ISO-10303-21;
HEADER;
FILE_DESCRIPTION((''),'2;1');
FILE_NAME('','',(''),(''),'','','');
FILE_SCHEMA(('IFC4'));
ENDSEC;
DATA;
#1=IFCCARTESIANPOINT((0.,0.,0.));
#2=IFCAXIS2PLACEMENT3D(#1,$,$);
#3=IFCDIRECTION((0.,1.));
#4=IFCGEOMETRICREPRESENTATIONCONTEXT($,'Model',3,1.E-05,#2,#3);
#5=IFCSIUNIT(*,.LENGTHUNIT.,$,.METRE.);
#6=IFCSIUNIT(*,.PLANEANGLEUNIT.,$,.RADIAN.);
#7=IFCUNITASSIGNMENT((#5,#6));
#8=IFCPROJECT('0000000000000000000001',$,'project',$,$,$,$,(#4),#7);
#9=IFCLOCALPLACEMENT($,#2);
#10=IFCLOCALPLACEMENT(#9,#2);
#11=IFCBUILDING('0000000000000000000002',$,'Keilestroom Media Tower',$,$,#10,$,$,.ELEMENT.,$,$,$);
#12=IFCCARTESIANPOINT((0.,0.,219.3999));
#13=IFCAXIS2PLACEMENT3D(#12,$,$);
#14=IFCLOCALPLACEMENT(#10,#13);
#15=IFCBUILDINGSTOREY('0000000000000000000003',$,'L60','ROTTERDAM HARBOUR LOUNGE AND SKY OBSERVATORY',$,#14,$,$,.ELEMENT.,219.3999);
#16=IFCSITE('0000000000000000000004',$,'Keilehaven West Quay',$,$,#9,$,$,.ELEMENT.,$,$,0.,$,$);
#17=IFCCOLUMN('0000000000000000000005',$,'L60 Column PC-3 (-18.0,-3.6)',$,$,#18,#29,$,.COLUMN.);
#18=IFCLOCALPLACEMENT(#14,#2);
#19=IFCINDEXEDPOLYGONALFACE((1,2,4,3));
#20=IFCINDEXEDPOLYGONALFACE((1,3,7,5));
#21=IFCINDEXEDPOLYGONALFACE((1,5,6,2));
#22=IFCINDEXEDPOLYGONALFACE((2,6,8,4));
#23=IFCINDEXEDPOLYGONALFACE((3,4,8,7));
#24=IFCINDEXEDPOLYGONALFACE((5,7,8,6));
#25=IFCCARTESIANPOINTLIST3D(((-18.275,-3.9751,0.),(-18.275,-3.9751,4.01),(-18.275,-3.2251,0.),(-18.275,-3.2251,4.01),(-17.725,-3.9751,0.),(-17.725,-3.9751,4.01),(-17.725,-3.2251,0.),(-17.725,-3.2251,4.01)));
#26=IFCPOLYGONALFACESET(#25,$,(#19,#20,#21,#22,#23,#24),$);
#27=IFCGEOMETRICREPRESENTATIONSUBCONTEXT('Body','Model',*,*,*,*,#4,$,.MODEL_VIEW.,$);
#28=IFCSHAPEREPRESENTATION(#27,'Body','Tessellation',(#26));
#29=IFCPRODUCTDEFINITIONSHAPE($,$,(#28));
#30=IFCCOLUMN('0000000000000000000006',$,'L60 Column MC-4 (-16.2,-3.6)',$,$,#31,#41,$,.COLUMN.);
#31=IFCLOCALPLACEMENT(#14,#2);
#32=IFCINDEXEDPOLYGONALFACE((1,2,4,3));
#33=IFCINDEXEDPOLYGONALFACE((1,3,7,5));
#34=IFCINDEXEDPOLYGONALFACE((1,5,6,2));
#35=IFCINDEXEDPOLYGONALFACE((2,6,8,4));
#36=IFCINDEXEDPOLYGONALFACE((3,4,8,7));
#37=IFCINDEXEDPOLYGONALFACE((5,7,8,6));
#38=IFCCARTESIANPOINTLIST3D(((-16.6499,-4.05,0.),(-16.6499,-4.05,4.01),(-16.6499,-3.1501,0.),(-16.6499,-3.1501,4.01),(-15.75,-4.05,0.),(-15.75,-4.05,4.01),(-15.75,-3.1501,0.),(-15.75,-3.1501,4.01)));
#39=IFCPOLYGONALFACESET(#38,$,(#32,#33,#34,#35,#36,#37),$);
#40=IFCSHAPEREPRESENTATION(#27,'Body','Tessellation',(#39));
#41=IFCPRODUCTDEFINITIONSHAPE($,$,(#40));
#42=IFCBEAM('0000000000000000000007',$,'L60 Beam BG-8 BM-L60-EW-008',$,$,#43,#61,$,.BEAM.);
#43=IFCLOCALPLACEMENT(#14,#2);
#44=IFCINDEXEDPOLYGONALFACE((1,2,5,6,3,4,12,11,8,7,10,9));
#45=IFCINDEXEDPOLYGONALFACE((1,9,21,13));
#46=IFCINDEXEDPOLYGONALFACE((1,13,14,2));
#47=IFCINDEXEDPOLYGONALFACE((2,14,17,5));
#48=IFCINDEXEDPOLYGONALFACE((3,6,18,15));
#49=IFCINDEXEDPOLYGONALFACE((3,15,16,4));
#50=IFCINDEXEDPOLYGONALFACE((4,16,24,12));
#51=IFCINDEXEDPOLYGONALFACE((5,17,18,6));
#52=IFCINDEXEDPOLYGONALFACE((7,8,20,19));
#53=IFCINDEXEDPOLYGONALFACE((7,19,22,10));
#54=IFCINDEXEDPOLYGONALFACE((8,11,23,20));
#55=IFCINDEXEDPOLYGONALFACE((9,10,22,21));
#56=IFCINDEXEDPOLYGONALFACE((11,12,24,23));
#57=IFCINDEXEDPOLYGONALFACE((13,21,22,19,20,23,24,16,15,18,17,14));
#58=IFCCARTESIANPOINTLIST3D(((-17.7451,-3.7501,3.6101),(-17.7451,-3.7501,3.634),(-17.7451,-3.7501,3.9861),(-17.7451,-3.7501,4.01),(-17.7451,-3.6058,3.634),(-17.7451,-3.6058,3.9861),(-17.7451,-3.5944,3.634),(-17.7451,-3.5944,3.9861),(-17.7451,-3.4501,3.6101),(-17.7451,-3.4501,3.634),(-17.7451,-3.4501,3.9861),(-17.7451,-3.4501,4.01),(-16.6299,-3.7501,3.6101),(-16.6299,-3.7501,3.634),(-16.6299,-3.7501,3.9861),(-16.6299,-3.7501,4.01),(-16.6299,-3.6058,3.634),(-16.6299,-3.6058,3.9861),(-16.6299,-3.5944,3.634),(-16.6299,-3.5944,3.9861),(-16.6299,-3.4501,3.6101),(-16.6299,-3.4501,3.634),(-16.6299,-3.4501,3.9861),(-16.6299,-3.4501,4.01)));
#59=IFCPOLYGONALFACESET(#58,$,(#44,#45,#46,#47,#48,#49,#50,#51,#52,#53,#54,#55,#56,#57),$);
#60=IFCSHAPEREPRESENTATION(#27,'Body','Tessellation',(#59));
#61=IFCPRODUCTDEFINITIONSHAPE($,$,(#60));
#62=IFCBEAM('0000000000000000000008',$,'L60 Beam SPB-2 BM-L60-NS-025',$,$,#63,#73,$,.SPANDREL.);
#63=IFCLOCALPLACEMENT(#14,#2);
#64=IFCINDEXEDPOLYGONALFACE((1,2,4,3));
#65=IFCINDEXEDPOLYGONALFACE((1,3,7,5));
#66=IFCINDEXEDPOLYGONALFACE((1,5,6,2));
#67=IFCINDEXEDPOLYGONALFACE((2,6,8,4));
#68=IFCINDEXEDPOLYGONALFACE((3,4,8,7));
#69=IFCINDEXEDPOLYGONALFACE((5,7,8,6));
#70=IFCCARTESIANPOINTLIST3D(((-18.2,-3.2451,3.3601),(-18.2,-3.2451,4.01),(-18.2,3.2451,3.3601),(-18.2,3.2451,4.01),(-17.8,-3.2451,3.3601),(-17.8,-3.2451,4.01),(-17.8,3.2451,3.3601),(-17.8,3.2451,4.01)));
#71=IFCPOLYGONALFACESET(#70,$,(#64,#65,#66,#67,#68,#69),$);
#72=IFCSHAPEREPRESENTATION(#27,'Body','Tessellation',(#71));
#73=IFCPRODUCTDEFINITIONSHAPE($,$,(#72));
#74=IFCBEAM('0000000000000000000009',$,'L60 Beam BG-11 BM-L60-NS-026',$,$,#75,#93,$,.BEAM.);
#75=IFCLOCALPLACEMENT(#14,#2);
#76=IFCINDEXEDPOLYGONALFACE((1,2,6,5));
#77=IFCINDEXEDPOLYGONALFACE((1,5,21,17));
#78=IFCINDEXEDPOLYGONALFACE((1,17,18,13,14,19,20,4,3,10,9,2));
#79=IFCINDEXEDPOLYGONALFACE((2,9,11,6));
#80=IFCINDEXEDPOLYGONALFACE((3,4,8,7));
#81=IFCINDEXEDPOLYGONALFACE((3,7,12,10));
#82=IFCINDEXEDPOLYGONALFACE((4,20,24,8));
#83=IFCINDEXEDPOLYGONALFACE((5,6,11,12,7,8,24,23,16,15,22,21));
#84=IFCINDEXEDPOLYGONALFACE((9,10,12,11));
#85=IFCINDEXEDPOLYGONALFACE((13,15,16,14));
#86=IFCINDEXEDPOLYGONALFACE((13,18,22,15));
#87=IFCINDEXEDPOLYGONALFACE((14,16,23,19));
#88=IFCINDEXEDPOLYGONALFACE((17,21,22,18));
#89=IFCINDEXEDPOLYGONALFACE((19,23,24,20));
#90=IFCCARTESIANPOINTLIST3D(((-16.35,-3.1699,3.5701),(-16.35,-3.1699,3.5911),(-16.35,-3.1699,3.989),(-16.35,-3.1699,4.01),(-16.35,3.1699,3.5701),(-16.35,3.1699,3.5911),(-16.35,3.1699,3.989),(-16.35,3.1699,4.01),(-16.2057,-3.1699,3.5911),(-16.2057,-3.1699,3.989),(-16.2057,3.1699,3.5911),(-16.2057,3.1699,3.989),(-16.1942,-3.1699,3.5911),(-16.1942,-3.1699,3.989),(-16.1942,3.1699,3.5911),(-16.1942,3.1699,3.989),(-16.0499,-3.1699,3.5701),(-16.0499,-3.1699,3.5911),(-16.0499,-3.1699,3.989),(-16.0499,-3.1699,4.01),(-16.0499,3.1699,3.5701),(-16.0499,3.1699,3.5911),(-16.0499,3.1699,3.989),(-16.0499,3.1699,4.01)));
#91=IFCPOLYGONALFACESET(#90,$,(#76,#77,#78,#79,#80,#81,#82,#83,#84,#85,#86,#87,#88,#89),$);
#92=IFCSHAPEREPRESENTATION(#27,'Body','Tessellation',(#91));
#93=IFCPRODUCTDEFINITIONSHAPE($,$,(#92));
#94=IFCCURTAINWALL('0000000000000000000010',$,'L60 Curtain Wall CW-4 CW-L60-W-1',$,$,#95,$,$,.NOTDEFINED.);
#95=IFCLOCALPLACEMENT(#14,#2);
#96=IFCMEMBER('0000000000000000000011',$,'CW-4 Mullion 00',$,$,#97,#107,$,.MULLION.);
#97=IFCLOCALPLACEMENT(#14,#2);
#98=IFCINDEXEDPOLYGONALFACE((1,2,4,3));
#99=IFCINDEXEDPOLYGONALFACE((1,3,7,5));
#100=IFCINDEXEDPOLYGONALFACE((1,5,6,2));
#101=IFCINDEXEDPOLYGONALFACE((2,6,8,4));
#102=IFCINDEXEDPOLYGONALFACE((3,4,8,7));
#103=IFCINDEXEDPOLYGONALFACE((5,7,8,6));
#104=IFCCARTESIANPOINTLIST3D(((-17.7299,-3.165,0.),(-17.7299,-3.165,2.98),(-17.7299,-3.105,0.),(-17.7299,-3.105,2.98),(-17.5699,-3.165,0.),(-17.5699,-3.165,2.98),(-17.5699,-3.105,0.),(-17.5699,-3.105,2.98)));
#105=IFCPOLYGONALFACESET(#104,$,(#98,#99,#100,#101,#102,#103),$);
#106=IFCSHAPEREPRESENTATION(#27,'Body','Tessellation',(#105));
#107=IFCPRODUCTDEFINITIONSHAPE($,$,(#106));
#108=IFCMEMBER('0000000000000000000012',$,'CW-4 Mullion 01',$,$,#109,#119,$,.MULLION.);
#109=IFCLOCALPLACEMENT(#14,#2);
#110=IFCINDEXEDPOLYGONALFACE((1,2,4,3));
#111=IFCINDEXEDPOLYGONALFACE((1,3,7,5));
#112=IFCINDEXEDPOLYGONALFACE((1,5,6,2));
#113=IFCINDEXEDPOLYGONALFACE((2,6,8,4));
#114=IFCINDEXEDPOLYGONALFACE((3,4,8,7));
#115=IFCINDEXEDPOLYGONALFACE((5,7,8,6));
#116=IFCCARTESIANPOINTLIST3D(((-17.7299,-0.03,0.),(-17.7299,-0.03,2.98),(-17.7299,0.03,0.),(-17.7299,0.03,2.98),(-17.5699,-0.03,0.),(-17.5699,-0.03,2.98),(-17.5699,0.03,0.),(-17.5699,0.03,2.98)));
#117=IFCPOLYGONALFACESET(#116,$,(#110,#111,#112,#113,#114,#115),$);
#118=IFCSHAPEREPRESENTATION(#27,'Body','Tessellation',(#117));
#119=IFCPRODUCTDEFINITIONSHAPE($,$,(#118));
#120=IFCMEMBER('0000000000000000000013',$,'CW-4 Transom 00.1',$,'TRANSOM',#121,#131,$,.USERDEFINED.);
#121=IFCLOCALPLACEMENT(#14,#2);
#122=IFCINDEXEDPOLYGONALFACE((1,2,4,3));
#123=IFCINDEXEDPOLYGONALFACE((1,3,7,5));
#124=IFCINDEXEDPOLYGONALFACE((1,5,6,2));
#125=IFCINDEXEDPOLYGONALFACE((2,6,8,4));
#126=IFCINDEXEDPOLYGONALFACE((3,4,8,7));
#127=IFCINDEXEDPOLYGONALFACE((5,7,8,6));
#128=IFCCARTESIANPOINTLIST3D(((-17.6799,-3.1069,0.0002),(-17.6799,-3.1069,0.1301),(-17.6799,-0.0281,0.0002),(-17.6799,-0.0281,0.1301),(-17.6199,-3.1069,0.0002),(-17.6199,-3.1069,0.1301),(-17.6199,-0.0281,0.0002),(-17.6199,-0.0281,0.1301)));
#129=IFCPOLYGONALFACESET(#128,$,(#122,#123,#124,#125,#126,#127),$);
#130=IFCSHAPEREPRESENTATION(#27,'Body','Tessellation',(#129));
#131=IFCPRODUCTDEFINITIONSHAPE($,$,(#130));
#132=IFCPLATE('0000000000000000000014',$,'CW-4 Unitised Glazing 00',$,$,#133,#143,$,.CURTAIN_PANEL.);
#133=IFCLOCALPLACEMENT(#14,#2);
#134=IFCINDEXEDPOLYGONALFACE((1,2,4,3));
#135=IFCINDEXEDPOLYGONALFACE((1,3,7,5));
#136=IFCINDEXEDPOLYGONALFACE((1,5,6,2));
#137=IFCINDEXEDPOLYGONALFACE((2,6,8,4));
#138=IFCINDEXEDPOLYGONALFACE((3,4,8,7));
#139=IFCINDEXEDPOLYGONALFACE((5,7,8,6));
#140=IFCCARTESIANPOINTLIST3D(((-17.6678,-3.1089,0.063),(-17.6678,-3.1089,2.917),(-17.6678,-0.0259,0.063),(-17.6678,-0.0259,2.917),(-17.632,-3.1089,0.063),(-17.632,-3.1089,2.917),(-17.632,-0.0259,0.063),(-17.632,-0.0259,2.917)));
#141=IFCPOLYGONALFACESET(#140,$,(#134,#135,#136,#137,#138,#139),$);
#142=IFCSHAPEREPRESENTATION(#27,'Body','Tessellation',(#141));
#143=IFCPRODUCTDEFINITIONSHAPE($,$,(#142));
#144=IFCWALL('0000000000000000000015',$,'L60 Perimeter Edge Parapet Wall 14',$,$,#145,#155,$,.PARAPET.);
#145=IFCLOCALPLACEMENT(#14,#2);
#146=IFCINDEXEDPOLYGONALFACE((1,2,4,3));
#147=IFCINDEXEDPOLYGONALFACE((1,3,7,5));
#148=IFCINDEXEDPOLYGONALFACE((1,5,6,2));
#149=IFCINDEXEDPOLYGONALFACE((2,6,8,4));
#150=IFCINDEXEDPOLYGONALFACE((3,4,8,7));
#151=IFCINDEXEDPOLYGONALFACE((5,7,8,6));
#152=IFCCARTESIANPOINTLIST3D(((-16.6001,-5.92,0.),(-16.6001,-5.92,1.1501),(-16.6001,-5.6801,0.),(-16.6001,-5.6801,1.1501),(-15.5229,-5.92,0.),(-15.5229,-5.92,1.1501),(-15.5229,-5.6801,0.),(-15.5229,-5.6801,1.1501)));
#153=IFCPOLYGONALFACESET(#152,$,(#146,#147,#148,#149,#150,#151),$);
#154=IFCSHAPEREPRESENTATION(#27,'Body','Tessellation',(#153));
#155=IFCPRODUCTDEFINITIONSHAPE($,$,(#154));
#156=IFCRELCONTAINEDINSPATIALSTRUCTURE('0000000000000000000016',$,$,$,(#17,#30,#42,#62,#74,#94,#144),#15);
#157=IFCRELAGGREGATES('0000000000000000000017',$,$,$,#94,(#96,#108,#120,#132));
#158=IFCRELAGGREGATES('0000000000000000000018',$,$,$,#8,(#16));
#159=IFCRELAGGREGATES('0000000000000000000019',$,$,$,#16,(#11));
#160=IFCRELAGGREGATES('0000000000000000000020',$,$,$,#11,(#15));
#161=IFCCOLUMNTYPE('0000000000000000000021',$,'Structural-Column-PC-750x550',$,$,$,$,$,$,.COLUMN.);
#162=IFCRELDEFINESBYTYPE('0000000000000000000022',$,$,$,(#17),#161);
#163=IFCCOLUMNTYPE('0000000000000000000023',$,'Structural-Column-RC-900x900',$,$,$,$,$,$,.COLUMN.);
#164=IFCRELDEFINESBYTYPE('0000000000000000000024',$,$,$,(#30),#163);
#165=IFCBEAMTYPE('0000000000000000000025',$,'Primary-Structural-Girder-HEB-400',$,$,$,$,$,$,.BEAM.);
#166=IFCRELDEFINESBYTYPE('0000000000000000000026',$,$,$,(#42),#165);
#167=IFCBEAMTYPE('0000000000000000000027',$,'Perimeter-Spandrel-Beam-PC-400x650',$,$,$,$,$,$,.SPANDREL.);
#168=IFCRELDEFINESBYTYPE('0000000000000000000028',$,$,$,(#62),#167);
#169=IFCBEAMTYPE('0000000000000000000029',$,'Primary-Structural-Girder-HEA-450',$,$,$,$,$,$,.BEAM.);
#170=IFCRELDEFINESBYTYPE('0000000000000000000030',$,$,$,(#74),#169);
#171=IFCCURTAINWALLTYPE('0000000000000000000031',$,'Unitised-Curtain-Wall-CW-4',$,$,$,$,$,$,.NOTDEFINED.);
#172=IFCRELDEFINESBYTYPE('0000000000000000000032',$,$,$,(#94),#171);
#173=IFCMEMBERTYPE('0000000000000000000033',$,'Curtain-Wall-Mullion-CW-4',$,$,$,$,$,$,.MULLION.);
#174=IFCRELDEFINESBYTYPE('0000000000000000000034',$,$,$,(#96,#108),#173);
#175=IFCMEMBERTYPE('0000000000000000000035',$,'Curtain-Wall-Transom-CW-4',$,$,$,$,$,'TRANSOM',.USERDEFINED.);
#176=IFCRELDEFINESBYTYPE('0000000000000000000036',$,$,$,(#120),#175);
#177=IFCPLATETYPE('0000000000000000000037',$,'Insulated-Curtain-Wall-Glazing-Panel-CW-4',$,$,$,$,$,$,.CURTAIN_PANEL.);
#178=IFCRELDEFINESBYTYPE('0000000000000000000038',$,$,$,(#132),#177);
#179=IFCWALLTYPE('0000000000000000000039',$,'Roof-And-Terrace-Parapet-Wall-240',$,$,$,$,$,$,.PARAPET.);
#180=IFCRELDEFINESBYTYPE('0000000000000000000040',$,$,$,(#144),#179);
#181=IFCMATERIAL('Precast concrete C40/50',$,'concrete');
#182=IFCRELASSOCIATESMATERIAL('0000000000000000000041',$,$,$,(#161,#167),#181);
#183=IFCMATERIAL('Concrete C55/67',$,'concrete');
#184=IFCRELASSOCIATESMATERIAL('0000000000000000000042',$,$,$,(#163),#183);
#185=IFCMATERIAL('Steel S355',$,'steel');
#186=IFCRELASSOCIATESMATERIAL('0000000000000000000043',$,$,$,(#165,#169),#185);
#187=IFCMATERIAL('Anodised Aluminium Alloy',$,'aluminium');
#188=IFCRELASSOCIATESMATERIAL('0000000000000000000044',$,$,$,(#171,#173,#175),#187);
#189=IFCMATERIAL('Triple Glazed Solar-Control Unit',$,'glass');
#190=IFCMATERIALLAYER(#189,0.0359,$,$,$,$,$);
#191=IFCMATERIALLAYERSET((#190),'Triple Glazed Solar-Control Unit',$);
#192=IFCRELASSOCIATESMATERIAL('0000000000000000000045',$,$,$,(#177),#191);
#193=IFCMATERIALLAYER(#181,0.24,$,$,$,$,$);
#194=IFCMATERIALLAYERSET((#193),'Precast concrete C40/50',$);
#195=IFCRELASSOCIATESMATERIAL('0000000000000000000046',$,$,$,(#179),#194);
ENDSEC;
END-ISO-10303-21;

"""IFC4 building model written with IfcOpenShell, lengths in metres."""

from ifc_helpers import new_model, si_unit, direction, frame, frame_2d, origin, origin_2d, place, context, subcontext, project, spatial, rectangle, i_section, extrude, source, transform, mapped, material, layer, layer_set, material_profile, profile_set, type_object, element, aggregate, save


model = new_model("IFC4")

# Units and contexts
model_context = context("Model", 3, precision=1e-05, world=origin(), true_north=direction((0.0, 1.0)))
body_context = subcontext(model_context, "Body", "Model", "MODEL_VIEW")
ifc_project = project(units=[si_unit("LENGTHUNIT", "METRE"), si_unit("PLANEANGLEUNIT", "RADIAN")], contexts=[model_context])

# Site, building, storey
site_placement = place(None, origin())
site = spatial("IfcSite", under=ifc_project, at=site_placement, Name="Keilehaven West Quay", CompositionType="ELEMENT", RefElevation=0.0)
building_placement = place(site_placement, origin())
building = spatial("IfcBuilding", under=site, at=building_placement, Name="Keilestroom Media Tower", CompositionType="ELEMENT")
storey_placement = place(building_placement, frame((0.0, 0.0, 219.3999)))
storey = spatial("IfcBuildingStorey", under=building, at=storey_placement, Name="L60", Description="ROTTERDAM HARBOUR LOUNGE AND SKY OBSERVATORY", CompositionType="ELEMENT", Elevation=219.3999)

# Columns
ifc_material_1 = material(Name="Precast concrete C40/50", Category="concrete")
ifc_material_profile_1 = material_profile(ifc_material_1, rectangle(XDim=0.55, YDim=0.75, at=origin_2d()), Name="PC 750x550")
ifc_profile_set_1 = profile_set([ifc_material_profile_1], Name="Precast concrete C40/50")
column_type_1 = type_object("IfcColumnType", Name="Structural-Column-PC-750x550", PredefinedType="COLUMN", material=ifc_profile_set_1)
shared_shape_1 = source(origin(), body_context, "Body", "SweptSolid", [
    extrude(rectangle(XDim=0.55, YDim=0.75, at=origin_2d()), origin(), (0.0, 0.0, 1.0), 4.01),
])
column_1_placement = place(storey_placement, frame((-18.0, -3.6001, 0.0), z_axis=(0.0, 0.0, 1.0), x_axis=(1.0, 0.0, 0.0)))
element("IfcColumn", 1, at=column_1_placement, inside=storey, type_object=column_type_1, Name="L60 Column PC-3 (-18.0,-3.6)", PredefinedType="COLUMN", context=body_context, shape_type="MappedRepresentation", body=[
    mapped(shared_shape_1, transform((0.0, 0.0, 0.0), x_axis=(1.0, 0.0, 0.0), y_axis=(0.0, 1.0, 0.0), z_axis=(0.0, 0.0, 1.0), scale=1.0)),
])
ifc_material_2 = material(Name="Concrete C55/67", Category="concrete")
ifc_material_profile_2 = material_profile(ifc_material_2, rectangle(XDim=0.8999, YDim=0.8999, at=origin_2d()), Name="RC 900x900")
ifc_profile_set_2 = profile_set([ifc_material_profile_2], Name="Concrete C55/67")
column_type_2 = type_object("IfcColumnType", Name="Structural-Column-RC-900x900", PredefinedType="COLUMN", material=ifc_profile_set_2)
shared_shape_2 = source(origin(), body_context, "Body", "SweptSolid", [
    extrude(rectangle(XDim=0.8999, YDim=0.8999, at=origin_2d()), origin(), (0.0, 0.0, 1.0), 4.01),
])
column_2_placement = place(storey_placement, frame((-16.2, -3.6001, 0.0), z_axis=(0.0, 0.0, 1.0), x_axis=(1.0, 0.0, 0.0)))
element("IfcColumn", 2, at=column_2_placement, inside=storey, type_object=column_type_2, Name="L60 Column MC-4 (-16.2,-3.6)", PredefinedType="COLUMN", context=body_context, shape_type="MappedRepresentation", body=[
    mapped(shared_shape_2, transform((0.0, 0.0, 0.0), x_axis=(1.0, 0.0, 0.0), y_axis=(0.0, 1.0, 0.0), z_axis=(0.0, 0.0, 1.0), scale=1.0)),
])

# Beams
ifc_material_3 = material(Name="Steel S355", Category="steel")
ifc_material_profile_3 = material_profile(ifc_material_3, i_section(OverallWidth=0.3, OverallDepth=0.3999, WebThickness=0.0115, FlangeThickness=0.0239, at=origin_2d()), Name="HEB 400")
ifc_profile_set_3 = profile_set([ifc_material_profile_3], Name="Steel S355")
beam_type_1 = type_object("IfcBeamType", Name="Primary-Structural-Girder-HEB-400", PredefinedType="BEAM", material=ifc_profile_set_3)
shared_shape_3 = source(origin(), body_context, "Body", "SweptSolid", [
    extrude(i_section(OverallWidth=0.3, OverallDepth=0.3999, WebThickness=0.0115, FlangeThickness=0.0239, at=origin_2d()), origin(), (0.0, 0.0, 1.0), 1.1152),
])
beam_1_placement = place(storey_placement, frame((-17.7451, -3.6001, 3.8101), z_axis=(1.0, 0.0, 0.0), x_axis=(0.0, 1.0, 0.0)))
element("IfcBeam", 3, at=beam_1_placement, inside=storey, type_object=beam_type_1, Name="L60 Beam BG-8 BM-L60-EW-008", PredefinedType="BEAM", context=body_context, shape_type="MappedRepresentation", body=[
    mapped(shared_shape_3, transform((0.0, 0.0, 0.0), x_axis=(1.0, 0.0, 0.0), y_axis=(0.0, 1.0, 0.0), z_axis=(0.0, 0.0, 1.0), scale=1.0)),
])
ifc_material_profile_4 = material_profile(ifc_material_1, rectangle(XDim=0.3999, YDim=0.6499, at=origin_2d()), Name="PC 400x650")
ifc_profile_set_4 = profile_set([ifc_material_profile_4], Name="Precast concrete C40/50")
beam_type_2 = type_object("IfcBeamType", Name="Perimeter-Spandrel-Beam-PC-400x650", PredefinedType="SPANDREL", material=ifc_profile_set_4)
shared_shape_4 = source(origin(), body_context, "Body", "SweptSolid", [
    extrude(rectangle(XDim=0.3999, YDim=0.6499, at=origin_2d()), origin(), (0.0, 0.0, 1.0), 6.4902),
])
beam_2_placement = place(storey_placement, frame((-18.0, -3.2451, 3.6851), z_axis=(0.0, 1.0, 0.0), x_axis=(-1.0, 0.0, 0.0)))
element("IfcBeam", 4, at=beam_2_placement, inside=storey, type_object=beam_type_2, Name="L60 Beam SPB-2 BM-L60-NS-025", PredefinedType="SPANDREL", context=body_context, shape_type="MappedRepresentation", body=[
    mapped(shared_shape_4, transform((0.0, 0.0, 0.0), x_axis=(1.0, 0.0, 0.0), y_axis=(0.0, 1.0, 0.0), z_axis=(0.0, 0.0, 1.0), scale=1.0)),
])
ifc_material_profile_5 = material_profile(ifc_material_3, i_section(OverallWidth=0.3, OverallDepth=0.4399, WebThickness=0.0115, FlangeThickness=0.021, at=origin_2d()), Name="HEA 450")
ifc_profile_set_5 = profile_set([ifc_material_profile_5], Name="Steel S355")
beam_type_3 = type_object("IfcBeamType", Name="Primary-Structural-Girder-HEA-450", PredefinedType="BEAM", material=ifc_profile_set_5)
shared_shape_5 = source(origin(), body_context, "Body", "SweptSolid", [
    extrude(i_section(OverallWidth=0.3, OverallDepth=0.4399, WebThickness=0.0115, FlangeThickness=0.021, at=origin_2d()), origin(), (0.0, 0.0, 1.0), 6.3398),
])
beam_3_placement = place(storey_placement, frame((-16.2, -3.1699, 3.79), z_axis=(0.0, 1.0, 0.0), x_axis=(-1.0, 0.0, 0.0)))
element("IfcBeam", 5, at=beam_3_placement, inside=storey, type_object=beam_type_3, Name="L60 Beam BG-11 BM-L60-NS-026", PredefinedType="BEAM", context=body_context, shape_type="MappedRepresentation", body=[
    mapped(shared_shape_5, transform((0.0, 0.0, 0.0), x_axis=(1.0, 0.0, 0.0), y_axis=(0.0, 1.0, 0.0), z_axis=(0.0, 0.0, 1.0), scale=1.0)),
])

# Curtain wall, members, plate
ifc_material_4 = material(Name="Anodised Aluminium Alloy", Category="aluminium")
curtain_wall_type = type_object("IfcCurtainWallType", Name="Unitised-Curtain-Wall-CW-4", PredefinedType="NOTDEFINED", material=ifc_material_4)
curtain_wall_placement = place(storey_placement, origin())
curtain_wall = element("IfcCurtainWall", 6, at=curtain_wall_placement, inside=storey, type_object=curtain_wall_type, Name="L60 Curtain Wall CW-4 CW-L60-W-1", PredefinedType="NOTDEFINED")
ifc_material_profile_6 = material_profile(ifc_material_4, rectangle(XDim=0.0601, YDim=0.1599, at=origin_2d()), Name="ALU MULLION 60x160")
ifc_profile_set_6 = profile_set([ifc_material_profile_6], Name="Anodised Aluminium Alloy")
member_type_1 = type_object("IfcMemberType", Name="Curtain-Wall-Mullion-CW-4", PredefinedType="MULLION", material=ifc_profile_set_6)
shared_shape_6 = source(origin(), body_context, "Body", "SweptSolid", [
    extrude(rectangle(XDim=0.0601, YDim=0.1599, at=origin_2d()), origin(), (0.0, 0.0, 1.0), 2.98),
])
member_1_placement = place(storey_placement, frame((-17.6499, -3.135, 0.0), z_axis=(0.0, 0.0, 1.0), x_axis=(0.0, 1.0, 0.0)))
member_1 = element("IfcMember", 7, at=member_1_placement, type_object=member_type_1, Name="CW-4 Mullion 00", PredefinedType="MULLION", context=body_context, shape_type="MappedRepresentation", body=[
    mapped(shared_shape_6, transform((0.0, 0.0, 0.0), x_axis=(1.0, 0.0, 0.0), y_axis=(0.0, 1.0, 0.0), z_axis=(0.0, 0.0, 1.0), scale=1.0)),
])
member_2_placement = place(storey_placement, frame((-17.6499, 0.0, 0.0), z_axis=(0.0, 0.0, 1.0), x_axis=(0.0, 1.0, 0.0)))
member_2 = element("IfcMember", 8, at=member_2_placement, type_object=member_type_1, Name="CW-4 Mullion 01", PredefinedType="MULLION", context=body_context, shape_type="MappedRepresentation", body=[
    mapped(shared_shape_6, transform((0.0, 0.0, 0.0), x_axis=(1.0, 0.0, 0.0), y_axis=(0.0, 1.0, 0.0), z_axis=(0.0, 0.0, 1.0), scale=1.0)),
])
ifc_material_profile_7 = material_profile(ifc_material_4, rectangle(XDim=0.0601, YDim=0.1299, at=origin_2d()), Name="ALU TRANSOM 60x130")
ifc_profile_set_7 = profile_set([ifc_material_profile_7], Name="Anodised Aluminium Alloy")
member_type_2 = type_object("IfcMemberType", Name="Curtain-Wall-Transom-CW-4", ElementType="TRANSOM", PredefinedType="USERDEFINED", material=ifc_profile_set_7)
shared_shape_7 = source(origin(), body_context, "Body", "SweptSolid", [
    extrude(rectangle(XDim=0.0601, YDim=0.1299, at=origin_2d()), origin(), (0.0, 0.0, 1.0), 3.0789),
])
member_3_placement = place(storey_placement, frame((-17.6499, -3.1069, 0.0652), z_axis=(0.0, 1.0, 0.0), x_axis=(-1.0, 0.0, 0.0)))
member_3 = element("IfcMember", 9, at=member_3_placement, type_object=member_type_2, Name="CW-4 Transom 00.1", ObjectType="TRANSOM", PredefinedType="USERDEFINED", context=body_context, shape_type="MappedRepresentation", body=[
    mapped(shared_shape_7, transform((0.0, 0.0, 0.0), x_axis=(1.0, 0.0, 0.0), y_axis=(0.0, 1.0, 0.0), z_axis=(0.0, 0.0, 1.0), scale=1.0)),
])
ifc_material_5 = material(Name="Triple Glazed Solar-Control Unit", Category="glass")
ifc_layer_1 = layer(ifc_material_5, 0.0359)
ifc_layer_set_1 = layer_set([ifc_layer_1], Name="Triple Glazed Solar-Control Unit")
plate_type = type_object("IfcPlateType", Name="Insulated-Curtain-Wall-Glazing-Panel-CW-4", PredefinedType="CURTAIN_PANEL", material=ifc_layer_set_1)
shared_shape_8 = source(origin(), body_context, "Body", "SweptSolid", [
    extrude(rectangle(XDim=3.083, YDim=0.0359, at=origin_2d()), origin(), (0.0, 0.0, 1.0), 2.854),
])
plate_placement = place(storey_placement, frame((-17.6499, -1.5674, 0.063), z_axis=(0.0, 0.0, 1.0), x_axis=(0.0, 1.0, 0.0)))
plate = element("IfcPlate", 10, at=plate_placement, type_object=plate_type, Name="CW-4 Unitised Glazing 00", PredefinedType="CURTAIN_PANEL", context=body_context, shape_type="MappedRepresentation", body=[
    mapped(shared_shape_8, transform((0.0, 0.0, 0.0), x_axis=(1.0, 0.0, 0.0), y_axis=(0.0, 1.0, 0.0), z_axis=(0.0, 0.0, 1.0), scale=1.0)),
])
aggregate(curtain_wall, [member_1, member_2, member_3, plate])

# Wall
ifc_layer_2 = layer(ifc_material_1, 0.24)
ifc_layer_set_2 = layer_set([ifc_layer_2], Name="Precast concrete C40/50")
wall_type = type_object("IfcWallType", Name="Roof-And-Terrace-Parapet-Wall-240", PredefinedType="PARAPET", material=ifc_layer_set_2)
wall_1_placement = place(storey_placement, frame((-15.5229, -5.8, 0.0), z_axis=(0.0, 0.0, 1.0), x_axis=(-1.0, 0.0, 0.0)))
element("IfcWall", 11, at=wall_1_placement, inside=storey, type_object=wall_type, Name="L60 Perimeter Edge Parapet Wall 14", PredefinedType="PARAPET", context=body_context, shape_type="SweptSolid", body=[
    extrude(rectangle(XDim=1.0771, YDim=0.24, at=frame_2d((0.5386, 0.0))), origin(), (0.0, 0.0, 1.0), 1.1501),
])

save(model, "model.ifc")
